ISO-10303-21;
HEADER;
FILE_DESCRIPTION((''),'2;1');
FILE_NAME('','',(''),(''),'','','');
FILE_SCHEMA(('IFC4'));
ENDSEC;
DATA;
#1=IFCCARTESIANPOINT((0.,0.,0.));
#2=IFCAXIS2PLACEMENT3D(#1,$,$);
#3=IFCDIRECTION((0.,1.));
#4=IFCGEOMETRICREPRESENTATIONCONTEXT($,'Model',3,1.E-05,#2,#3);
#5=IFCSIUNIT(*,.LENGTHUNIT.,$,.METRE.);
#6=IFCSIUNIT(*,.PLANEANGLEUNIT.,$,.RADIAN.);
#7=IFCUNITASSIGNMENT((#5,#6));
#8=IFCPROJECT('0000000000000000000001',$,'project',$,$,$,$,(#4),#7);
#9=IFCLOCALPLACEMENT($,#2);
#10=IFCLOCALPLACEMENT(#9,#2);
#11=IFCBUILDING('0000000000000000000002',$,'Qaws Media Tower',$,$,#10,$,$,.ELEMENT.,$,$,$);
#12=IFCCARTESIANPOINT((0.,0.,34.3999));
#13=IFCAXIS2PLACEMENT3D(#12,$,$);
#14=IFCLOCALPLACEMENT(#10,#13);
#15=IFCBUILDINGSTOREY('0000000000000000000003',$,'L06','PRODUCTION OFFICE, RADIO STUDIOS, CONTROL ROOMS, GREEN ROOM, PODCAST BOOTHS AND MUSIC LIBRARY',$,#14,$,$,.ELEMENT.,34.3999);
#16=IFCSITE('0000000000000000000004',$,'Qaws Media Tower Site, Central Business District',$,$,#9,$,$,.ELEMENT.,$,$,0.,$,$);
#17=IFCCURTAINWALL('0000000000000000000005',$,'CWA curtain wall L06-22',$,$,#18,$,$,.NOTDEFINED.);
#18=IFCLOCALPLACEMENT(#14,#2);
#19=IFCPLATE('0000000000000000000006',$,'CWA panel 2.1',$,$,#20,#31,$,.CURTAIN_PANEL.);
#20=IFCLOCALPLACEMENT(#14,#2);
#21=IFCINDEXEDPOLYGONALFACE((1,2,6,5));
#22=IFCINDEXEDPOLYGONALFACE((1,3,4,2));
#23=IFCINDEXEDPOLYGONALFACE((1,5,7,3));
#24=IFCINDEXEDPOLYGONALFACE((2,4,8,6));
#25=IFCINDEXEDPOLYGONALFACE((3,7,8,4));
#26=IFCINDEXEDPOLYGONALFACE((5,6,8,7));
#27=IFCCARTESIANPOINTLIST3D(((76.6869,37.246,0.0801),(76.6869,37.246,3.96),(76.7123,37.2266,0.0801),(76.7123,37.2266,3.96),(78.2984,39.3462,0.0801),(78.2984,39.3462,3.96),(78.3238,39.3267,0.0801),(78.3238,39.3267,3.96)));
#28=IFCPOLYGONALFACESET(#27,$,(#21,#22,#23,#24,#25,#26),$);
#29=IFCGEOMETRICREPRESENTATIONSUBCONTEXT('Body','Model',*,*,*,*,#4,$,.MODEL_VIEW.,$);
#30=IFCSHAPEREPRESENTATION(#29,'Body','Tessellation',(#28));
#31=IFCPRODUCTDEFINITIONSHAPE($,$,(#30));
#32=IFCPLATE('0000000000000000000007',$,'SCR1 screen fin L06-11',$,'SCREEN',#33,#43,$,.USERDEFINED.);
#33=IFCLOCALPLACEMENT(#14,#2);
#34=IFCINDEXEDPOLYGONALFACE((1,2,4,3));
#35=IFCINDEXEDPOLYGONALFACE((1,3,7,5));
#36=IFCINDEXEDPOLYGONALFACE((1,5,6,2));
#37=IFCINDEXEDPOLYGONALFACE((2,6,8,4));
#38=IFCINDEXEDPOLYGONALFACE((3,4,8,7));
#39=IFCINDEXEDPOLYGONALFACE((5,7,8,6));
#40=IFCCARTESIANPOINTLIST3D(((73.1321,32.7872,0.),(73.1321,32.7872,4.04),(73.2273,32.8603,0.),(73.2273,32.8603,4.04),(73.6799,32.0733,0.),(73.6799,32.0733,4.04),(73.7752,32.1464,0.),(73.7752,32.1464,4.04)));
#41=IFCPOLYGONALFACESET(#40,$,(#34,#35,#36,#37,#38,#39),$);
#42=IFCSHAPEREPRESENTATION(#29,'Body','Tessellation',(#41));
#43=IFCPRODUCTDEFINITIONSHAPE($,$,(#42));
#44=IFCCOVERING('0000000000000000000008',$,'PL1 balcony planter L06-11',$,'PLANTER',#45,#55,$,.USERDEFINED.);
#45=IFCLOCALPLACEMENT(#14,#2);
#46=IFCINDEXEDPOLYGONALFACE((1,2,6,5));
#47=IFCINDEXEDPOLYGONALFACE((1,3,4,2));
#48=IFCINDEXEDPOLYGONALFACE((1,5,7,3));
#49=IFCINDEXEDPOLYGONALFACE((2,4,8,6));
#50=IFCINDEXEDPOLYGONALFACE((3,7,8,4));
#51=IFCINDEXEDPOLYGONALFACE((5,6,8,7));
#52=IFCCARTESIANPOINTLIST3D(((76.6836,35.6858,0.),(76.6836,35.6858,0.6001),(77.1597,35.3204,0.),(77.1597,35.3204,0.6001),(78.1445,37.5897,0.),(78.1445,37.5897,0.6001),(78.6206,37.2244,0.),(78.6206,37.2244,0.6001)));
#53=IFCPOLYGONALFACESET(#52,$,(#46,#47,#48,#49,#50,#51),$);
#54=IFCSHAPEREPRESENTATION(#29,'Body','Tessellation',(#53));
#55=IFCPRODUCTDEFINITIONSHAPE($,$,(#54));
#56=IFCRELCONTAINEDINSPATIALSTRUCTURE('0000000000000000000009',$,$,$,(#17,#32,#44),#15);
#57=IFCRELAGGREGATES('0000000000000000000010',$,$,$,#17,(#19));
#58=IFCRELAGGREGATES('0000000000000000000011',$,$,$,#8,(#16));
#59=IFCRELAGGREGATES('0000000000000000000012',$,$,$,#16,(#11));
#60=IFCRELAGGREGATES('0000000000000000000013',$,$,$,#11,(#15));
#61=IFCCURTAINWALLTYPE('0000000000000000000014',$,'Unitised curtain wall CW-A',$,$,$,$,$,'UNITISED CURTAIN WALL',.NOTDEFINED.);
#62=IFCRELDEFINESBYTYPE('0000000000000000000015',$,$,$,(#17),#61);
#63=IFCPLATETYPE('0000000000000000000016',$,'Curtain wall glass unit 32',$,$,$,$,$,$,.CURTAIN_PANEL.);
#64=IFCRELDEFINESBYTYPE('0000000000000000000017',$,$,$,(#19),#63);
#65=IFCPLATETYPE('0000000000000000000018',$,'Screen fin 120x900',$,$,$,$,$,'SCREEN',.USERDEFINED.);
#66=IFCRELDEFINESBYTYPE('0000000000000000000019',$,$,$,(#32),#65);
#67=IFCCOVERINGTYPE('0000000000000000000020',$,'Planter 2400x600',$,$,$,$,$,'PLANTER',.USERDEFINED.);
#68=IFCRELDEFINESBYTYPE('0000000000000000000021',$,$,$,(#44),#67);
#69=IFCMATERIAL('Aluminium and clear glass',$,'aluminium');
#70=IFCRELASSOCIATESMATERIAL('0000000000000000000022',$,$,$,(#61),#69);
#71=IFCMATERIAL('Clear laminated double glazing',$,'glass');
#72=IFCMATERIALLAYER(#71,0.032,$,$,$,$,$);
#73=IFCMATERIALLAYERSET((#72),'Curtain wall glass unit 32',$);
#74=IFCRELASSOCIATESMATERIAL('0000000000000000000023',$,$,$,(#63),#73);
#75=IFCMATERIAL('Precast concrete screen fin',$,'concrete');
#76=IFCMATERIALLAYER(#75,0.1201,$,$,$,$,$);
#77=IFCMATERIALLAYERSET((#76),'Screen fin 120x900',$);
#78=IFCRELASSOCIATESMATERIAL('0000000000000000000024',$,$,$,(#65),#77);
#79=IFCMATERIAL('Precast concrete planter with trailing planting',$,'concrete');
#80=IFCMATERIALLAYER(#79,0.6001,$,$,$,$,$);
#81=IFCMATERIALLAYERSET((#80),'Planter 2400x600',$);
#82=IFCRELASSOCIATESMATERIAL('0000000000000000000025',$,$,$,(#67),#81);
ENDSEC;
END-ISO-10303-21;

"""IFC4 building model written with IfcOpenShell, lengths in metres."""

from ifc_helpers import new_model, si_unit, direction, frame, origin, origin_2d, place, context, subcontext, project, spatial, rectangle, extrude, material, layer, layer_set, type_object, element, aggregate, save


model = new_model("IFC4")

# Units and contexts
model_context = context("Model", 3, precision=1e-05, world=origin(), true_north=direction((0.0, 1.0)))
body_context = subcontext(model_context, "Body", "Model", "MODEL_VIEW")
ifc_project = project(units=[si_unit("LENGTHUNIT", "METRE"), si_unit("PLANEANGLEUNIT", "RADIAN")], contexts=[model_context])

# Site, building, storey
site_placement = place(None, origin())
site = spatial("IfcSite", under=ifc_project, at=site_placement, Name="Qaws Media Tower Site, Central Business District", CompositionType="ELEMENT", RefElevation=0.0)
building_placement = place(site_placement, origin())
building = spatial("IfcBuilding", under=site, at=building_placement, Name="Qaws Media Tower", CompositionType="ELEMENT")
storey_placement = place(building_placement, frame((0.0, 0.0, 34.3999)))
storey = spatial("IfcBuildingStorey", under=building, at=storey_placement, Name="L06", Description="PRODUCTION OFFICE, RADIO STUDIOS, CONTROL ROOMS, GREEN ROOM, PODCAST BOOTHS AND MUSIC LIBRARY", CompositionType="ELEMENT", Elevation=34.3999)

# Shared definitions
ifc_material_1 = material(Name="Aluminium and clear glass", Category="aluminium")
curtain_wall_type = type_object("IfcCurtainWallType", Name="Unitised curtain wall CW-A", ElementType="UNITISED CURTAIN WALL", PredefinedType="NOTDEFINED", material=ifc_material_1)

# Curtain wall
curtain_wall_1_placement = place(storey_placement, origin())
curtain_wall_1 = element("IfcCurtainWall", 1, at=curtain_wall_1_placement, inside=storey, type_object=curtain_wall_type, Name="CWA curtain wall L06-22", PredefinedType="NOTDEFINED")

# Plates
ifc_material_2 = material(Name="Clear laminated double glazing", Category="glass")
ifc_layer_1 = layer(ifc_material_2, 0.032)
ifc_layer_set_1 = layer_set([ifc_layer_1], Name="Curtain wall glass unit 32")
plate_type_1 = type_object("IfcPlateType", Name="Curtain wall glass unit 32", PredefinedType="CURTAIN_PANEL", material=ifc_layer_set_1)
plate_1_placement = place(storey_placement, frame((77.5054, 38.2864, 0.0801), z_axis=(0.0, 0.0, 1.0), x_axis=(0.608761, 0.793353, 0.0)))
plate_1 = element("IfcPlate", 2, at=plate_1_placement, type_object=plate_type_1, Name="CWA panel 2.1", PredefinedType="CURTAIN_PANEL", context=body_context, shape_type="SweptSolid", body=[
    extrude(rectangle(XDim=2.6472, YDim=0.032, at=origin_2d()), origin(), (0.0, 0.0, 1.0), 3.8799),
])
aggregate(curtain_wall_1, [plate_1])
ifc_material_3 = material(Name="Precast concrete screen fin", Category="concrete")
ifc_layer_2 = layer(ifc_material_3, 0.1201)
ifc_layer_set_2 = layer_set([ifc_layer_2], Name="Screen fin 120x900")
plate_type_2 = type_object("IfcPlateType", Name="Screen fin 120x900", ElementType="SCREEN", PredefinedType="USERDEFINED", material=ifc_layer_set_2)
plate_2_placement = place(storey_placement, frame((73.4536, 32.4668, 0.0), z_axis=(0.0, 0.0, 1.0), x_axis=(0.608761, -0.793353, 0.0)))
element("IfcPlate", 3, at=plate_2_placement, inside=storey, type_object=plate_type_2, Name="SCR1 screen fin L06-11", ObjectType="SCREEN", PredefinedType="USERDEFINED", context=body_context, shape_type="SweptSolid", body=[
    extrude(rectangle(XDim=0.8999, YDim=0.1201, at=origin_2d()), origin(), (0.0, 0.0, 1.0), 4.04),
])

# Covering
ifc_material_4 = material(Name="Precast concrete planter with trailing planting", Category="concrete")
ifc_layer_3 = layer(ifc_material_4, 0.6001)
ifc_layer_set_3 = layer_set([ifc_layer_3], Name="Planter 2400x600")
covering_type = type_object("IfcCoveringType", Name="Planter 2400x600", ElementType="PLANTER", PredefinedType="USERDEFINED", material=ifc_layer_set_3)
covering_placement = place(storey_placement, frame((77.6521, 36.4551, 0.0), z_axis=(0.0, 0.0, 1.0), x_axis=(0.608761, 0.793353, 0.0)))
element("IfcCovering", 4, at=covering_placement, inside=storey, type_object=covering_type, Name="PL1 balcony planter L06-11", ObjectType="PLANTER", PredefinedType="USERDEFINED", context=body_context, shape_type="SweptSolid", body=[
    extrude(rectangle(XDim=2.3999, YDim=0.6001, at=origin_2d()), origin(), (0.0, 0.0, 1.0), 0.6001),
])

save(model, "model.ifc")
